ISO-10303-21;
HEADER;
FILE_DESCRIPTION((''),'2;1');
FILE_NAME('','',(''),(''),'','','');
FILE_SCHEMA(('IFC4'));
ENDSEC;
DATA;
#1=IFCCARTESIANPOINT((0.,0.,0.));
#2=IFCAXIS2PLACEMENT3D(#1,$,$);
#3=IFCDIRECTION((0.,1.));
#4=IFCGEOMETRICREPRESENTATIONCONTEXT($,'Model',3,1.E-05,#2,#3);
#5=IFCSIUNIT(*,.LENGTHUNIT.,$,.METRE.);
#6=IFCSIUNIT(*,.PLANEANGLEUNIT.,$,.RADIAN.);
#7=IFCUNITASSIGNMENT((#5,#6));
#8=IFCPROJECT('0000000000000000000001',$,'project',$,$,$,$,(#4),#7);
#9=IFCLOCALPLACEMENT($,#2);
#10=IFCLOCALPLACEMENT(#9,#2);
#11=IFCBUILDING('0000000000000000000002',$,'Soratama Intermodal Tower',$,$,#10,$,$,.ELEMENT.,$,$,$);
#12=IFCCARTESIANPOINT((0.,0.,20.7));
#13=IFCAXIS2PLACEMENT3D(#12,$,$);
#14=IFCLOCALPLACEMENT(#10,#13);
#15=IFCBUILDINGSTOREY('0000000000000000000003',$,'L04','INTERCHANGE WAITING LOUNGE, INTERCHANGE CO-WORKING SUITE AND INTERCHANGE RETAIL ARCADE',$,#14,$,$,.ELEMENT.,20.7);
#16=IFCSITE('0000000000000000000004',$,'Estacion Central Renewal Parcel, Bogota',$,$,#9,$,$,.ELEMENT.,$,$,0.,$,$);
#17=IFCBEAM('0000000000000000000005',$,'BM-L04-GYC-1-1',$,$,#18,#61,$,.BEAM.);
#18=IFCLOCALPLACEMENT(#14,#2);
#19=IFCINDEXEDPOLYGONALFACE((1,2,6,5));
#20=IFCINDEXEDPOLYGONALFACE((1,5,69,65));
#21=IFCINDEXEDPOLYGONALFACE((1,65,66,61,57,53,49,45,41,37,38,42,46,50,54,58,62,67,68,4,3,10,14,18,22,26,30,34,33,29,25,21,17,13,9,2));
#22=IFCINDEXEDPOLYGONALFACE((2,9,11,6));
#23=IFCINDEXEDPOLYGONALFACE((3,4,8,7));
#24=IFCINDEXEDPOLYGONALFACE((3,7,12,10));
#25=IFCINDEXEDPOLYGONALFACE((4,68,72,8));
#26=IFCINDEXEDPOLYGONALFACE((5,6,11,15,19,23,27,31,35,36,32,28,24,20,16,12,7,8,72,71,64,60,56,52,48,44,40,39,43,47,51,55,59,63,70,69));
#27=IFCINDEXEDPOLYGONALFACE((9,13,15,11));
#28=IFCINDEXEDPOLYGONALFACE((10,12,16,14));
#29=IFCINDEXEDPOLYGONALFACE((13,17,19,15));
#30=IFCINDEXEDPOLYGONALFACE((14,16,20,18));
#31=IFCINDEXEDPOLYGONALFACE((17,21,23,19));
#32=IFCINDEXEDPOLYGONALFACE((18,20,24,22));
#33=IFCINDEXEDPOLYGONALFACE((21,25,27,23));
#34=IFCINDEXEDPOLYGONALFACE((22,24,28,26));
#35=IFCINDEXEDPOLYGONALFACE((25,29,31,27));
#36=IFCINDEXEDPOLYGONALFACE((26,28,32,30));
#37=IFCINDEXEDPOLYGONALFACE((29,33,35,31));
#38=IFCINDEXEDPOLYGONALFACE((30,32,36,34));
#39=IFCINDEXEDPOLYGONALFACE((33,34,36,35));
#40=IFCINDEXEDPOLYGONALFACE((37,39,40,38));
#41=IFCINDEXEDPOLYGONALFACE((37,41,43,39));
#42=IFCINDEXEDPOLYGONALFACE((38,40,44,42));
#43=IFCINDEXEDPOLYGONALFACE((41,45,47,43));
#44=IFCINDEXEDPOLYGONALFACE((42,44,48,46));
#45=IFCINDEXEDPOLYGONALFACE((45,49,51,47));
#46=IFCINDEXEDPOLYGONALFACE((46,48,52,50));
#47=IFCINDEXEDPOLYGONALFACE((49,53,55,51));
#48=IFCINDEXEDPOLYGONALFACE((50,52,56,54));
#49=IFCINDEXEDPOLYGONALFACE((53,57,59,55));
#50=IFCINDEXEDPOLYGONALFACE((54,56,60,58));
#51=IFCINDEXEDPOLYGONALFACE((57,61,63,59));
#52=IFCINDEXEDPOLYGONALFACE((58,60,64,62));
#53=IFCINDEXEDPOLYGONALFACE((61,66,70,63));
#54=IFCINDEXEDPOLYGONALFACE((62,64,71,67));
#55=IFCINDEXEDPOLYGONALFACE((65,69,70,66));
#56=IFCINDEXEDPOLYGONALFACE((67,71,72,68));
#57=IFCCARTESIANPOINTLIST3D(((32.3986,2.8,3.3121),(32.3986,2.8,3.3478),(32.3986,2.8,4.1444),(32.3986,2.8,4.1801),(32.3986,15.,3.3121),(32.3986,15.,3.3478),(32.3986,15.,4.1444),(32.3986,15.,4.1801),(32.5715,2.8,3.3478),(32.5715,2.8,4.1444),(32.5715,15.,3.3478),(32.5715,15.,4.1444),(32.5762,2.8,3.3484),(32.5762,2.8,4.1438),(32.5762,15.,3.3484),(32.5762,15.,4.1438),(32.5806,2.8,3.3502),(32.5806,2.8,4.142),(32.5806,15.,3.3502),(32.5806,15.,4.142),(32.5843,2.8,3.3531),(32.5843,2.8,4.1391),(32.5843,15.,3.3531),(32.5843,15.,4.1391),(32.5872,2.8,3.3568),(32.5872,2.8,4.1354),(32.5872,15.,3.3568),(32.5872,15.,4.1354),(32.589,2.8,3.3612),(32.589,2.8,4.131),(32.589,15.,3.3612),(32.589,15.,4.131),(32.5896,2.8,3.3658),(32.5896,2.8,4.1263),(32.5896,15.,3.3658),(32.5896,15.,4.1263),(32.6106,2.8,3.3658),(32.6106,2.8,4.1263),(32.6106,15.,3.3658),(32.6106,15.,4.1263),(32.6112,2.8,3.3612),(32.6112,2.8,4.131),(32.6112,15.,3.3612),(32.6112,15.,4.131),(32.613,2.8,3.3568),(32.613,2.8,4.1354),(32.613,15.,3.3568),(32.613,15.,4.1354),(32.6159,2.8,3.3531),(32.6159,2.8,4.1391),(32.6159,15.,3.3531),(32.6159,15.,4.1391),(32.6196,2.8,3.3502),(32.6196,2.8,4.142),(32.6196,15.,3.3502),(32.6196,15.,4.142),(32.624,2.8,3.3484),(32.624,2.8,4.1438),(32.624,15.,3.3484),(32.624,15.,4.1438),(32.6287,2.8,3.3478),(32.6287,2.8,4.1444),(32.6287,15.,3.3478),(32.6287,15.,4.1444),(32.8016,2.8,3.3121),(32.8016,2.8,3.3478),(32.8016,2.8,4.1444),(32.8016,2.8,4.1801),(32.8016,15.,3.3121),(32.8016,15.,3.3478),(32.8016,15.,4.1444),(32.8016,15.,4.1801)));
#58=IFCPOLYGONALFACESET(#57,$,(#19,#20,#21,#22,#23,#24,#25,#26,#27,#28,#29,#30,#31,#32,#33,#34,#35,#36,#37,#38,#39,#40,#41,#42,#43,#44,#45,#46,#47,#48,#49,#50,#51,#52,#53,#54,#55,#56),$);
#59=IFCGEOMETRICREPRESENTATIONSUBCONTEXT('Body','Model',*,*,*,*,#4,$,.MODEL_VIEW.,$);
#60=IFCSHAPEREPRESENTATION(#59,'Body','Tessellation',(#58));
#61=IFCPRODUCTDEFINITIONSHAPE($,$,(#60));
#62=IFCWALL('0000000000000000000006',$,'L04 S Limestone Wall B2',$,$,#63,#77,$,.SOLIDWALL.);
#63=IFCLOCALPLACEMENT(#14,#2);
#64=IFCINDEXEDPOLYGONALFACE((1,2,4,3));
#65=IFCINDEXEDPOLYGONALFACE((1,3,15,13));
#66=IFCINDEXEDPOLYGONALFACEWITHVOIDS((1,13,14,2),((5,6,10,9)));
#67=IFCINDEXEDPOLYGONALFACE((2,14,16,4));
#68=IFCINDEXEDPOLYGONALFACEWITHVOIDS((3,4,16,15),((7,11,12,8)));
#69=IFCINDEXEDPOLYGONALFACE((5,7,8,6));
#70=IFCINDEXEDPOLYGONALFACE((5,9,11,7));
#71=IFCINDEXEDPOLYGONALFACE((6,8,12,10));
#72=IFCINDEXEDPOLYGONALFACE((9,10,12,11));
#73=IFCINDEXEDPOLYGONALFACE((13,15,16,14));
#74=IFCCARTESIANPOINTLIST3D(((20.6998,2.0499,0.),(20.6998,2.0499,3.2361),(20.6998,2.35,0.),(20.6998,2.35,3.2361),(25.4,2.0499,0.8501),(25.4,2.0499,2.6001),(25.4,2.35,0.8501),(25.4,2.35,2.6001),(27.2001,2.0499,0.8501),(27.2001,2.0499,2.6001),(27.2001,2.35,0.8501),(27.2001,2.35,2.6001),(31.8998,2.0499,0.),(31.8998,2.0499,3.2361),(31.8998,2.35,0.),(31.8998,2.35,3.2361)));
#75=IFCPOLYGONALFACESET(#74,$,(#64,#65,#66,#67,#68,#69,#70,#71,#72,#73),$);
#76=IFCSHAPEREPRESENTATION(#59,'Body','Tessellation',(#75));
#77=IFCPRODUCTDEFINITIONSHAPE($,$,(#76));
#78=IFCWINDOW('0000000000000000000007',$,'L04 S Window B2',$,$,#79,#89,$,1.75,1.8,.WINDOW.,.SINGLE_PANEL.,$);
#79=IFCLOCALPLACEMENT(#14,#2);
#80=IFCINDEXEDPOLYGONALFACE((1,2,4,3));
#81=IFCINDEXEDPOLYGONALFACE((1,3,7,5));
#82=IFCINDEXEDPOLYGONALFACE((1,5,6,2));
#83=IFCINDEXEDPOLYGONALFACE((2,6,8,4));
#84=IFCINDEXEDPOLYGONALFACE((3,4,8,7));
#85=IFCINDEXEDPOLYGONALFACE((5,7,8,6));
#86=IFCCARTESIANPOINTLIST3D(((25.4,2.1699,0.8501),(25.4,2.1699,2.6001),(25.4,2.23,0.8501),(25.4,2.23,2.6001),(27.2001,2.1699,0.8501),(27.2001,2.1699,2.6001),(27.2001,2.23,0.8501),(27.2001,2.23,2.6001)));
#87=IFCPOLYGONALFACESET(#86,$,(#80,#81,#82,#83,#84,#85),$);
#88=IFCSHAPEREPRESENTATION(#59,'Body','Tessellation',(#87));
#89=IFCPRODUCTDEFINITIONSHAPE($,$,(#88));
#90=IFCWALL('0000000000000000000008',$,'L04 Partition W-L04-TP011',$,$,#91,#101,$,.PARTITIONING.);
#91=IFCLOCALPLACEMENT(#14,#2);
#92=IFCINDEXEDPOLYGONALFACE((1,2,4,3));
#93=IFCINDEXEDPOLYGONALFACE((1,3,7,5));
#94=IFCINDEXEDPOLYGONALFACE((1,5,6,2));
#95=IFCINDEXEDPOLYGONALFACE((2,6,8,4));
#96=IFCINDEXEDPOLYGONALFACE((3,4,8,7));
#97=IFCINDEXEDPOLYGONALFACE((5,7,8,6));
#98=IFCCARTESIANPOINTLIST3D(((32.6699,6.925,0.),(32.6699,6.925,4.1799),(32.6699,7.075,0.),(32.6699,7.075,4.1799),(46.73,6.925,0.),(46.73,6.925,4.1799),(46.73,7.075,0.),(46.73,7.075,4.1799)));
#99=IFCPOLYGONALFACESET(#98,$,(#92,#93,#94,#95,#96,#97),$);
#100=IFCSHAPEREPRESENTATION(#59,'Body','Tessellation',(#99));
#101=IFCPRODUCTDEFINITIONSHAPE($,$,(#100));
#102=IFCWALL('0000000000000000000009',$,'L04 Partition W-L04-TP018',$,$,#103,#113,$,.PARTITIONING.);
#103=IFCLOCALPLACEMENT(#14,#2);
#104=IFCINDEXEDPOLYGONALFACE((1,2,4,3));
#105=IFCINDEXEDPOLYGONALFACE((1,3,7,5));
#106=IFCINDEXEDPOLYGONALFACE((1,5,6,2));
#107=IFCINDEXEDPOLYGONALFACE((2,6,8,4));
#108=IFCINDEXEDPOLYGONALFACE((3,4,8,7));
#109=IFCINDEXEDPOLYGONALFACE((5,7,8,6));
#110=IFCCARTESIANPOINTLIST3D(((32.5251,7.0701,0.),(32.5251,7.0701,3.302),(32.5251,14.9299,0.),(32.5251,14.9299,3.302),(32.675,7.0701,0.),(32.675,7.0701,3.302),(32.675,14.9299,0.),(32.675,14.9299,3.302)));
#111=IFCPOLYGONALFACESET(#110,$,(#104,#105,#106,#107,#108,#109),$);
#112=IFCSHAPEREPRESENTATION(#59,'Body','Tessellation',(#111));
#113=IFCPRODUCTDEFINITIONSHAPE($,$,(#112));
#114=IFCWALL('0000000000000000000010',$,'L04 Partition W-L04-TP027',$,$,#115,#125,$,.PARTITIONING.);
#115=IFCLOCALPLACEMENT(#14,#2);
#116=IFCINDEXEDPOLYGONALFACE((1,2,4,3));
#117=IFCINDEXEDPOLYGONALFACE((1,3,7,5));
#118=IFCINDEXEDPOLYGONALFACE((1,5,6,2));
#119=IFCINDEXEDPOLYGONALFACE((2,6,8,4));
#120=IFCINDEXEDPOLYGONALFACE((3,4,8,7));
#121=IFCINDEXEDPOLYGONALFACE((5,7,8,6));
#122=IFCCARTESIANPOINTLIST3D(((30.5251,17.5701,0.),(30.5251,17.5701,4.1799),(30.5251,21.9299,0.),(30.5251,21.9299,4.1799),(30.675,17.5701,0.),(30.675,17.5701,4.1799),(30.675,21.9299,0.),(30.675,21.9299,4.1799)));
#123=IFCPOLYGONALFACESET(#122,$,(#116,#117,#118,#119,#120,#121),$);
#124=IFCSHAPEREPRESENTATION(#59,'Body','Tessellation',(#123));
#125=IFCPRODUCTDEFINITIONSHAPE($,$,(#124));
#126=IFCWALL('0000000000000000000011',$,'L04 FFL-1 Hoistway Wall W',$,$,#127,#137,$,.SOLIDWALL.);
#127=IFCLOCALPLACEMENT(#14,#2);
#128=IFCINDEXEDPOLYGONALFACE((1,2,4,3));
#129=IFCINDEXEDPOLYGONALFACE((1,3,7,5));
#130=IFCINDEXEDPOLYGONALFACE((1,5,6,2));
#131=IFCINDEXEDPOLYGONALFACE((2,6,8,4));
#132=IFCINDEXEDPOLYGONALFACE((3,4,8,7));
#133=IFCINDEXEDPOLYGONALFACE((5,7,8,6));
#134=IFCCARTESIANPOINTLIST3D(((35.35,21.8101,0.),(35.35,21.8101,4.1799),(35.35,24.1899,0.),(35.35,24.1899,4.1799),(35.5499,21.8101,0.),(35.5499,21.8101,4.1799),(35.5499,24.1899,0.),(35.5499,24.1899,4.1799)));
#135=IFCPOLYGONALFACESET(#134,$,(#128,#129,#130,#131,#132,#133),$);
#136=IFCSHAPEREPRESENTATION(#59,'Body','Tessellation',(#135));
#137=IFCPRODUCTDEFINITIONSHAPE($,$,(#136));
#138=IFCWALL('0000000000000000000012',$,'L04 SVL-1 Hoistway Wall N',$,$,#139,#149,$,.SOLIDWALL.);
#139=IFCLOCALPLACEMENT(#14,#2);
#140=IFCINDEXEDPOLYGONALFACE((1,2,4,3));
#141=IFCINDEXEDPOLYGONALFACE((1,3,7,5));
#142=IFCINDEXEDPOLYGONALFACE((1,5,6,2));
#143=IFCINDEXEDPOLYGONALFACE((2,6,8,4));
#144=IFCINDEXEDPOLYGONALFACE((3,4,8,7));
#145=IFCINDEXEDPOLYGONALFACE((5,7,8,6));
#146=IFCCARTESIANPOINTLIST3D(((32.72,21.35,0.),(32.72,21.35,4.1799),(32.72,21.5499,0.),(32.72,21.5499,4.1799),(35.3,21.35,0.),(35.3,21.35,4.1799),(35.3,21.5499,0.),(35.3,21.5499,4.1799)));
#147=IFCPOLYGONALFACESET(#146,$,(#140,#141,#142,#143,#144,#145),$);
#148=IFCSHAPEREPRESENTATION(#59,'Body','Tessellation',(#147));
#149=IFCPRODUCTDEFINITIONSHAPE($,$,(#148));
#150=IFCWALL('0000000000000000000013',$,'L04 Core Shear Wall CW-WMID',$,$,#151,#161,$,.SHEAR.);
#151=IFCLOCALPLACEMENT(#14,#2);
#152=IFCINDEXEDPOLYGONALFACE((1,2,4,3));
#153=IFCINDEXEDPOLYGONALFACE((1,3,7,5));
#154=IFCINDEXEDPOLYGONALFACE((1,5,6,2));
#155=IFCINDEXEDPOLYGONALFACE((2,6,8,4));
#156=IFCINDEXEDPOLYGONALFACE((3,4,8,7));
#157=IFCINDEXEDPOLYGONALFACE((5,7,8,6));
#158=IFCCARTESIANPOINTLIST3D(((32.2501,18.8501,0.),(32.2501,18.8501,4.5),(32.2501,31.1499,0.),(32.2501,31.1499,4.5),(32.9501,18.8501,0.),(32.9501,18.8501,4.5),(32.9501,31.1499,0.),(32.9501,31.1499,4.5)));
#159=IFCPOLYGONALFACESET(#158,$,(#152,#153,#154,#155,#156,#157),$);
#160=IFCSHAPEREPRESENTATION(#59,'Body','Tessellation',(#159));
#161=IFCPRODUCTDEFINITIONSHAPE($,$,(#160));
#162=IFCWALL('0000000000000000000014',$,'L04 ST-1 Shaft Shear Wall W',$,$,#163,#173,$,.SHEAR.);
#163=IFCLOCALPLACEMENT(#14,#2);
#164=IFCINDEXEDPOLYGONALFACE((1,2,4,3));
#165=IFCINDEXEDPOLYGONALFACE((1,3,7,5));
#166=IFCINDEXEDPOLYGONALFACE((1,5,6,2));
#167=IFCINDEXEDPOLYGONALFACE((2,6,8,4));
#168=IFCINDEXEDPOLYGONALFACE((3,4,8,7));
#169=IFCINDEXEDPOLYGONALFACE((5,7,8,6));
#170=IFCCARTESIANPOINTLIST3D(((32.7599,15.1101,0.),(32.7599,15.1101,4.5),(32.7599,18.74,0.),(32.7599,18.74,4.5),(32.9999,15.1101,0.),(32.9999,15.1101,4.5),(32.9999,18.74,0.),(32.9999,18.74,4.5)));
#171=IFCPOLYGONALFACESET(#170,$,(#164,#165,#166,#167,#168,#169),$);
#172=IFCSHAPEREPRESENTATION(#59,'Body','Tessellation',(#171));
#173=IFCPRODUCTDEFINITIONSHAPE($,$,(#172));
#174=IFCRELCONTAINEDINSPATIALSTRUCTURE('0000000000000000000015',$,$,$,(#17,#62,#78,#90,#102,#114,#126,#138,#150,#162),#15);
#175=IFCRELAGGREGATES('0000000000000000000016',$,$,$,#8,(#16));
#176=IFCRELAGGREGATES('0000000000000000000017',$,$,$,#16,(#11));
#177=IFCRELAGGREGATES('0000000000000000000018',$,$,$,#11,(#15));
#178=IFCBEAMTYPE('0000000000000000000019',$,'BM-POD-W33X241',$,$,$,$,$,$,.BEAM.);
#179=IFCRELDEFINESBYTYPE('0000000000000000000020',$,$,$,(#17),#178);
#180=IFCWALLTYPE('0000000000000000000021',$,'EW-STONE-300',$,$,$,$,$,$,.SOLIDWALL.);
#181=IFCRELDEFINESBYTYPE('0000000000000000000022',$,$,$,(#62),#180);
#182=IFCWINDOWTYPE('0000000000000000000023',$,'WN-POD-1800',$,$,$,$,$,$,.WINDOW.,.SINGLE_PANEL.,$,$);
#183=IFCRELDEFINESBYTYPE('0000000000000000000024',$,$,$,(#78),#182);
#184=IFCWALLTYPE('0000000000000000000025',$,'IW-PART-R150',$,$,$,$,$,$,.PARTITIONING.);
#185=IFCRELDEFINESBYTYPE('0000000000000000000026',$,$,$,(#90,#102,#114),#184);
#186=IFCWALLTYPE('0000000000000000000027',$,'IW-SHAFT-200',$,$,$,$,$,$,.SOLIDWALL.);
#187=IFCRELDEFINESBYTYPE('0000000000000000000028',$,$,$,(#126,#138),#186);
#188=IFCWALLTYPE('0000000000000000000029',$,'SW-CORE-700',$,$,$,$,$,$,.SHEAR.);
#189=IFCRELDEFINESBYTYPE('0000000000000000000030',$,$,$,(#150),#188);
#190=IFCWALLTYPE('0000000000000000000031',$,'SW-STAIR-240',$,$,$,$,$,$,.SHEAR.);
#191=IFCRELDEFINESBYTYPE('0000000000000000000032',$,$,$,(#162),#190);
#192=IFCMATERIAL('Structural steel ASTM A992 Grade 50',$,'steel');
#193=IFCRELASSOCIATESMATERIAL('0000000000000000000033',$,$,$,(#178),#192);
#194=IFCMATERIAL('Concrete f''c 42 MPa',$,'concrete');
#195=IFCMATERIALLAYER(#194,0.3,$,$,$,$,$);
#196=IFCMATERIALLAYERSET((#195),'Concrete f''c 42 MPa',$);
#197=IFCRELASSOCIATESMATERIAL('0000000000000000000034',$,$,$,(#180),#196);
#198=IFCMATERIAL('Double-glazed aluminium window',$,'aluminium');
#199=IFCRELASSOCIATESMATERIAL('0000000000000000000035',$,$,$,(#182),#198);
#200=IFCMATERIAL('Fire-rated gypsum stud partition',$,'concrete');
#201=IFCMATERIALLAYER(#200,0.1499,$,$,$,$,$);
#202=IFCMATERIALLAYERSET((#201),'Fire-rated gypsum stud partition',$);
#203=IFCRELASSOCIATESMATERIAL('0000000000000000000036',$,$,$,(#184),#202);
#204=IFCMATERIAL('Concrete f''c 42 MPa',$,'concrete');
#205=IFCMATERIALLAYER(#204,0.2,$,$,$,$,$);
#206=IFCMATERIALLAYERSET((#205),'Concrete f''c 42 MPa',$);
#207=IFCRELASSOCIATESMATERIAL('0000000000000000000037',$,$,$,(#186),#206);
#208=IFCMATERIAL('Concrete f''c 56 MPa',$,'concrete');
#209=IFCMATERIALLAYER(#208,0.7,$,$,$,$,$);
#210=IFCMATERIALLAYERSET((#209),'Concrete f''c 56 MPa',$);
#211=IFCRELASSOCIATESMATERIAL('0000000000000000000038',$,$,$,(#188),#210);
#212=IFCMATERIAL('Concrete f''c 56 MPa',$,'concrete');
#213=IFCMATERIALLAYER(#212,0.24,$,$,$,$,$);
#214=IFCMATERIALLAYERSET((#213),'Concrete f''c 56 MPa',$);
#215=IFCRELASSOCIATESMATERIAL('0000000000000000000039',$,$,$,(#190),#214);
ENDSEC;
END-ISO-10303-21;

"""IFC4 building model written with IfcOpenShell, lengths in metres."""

from ifc_helpers import new_model, si_unit, direction, frame, frame_2d, origin, origin_2d, place, context, subcontext, project, spatial, rectangle, i_section, extrude, material, layer, layer_set, material_profile, profile_set, type_object, element, fill, save


model = new_model("IFC4")

# Units and contexts
model_context = context("Model", 3, precision=1e-05, world=origin(), true_north=direction((0.0, 1.0)))
body_context = subcontext(model_context, "Body", "Model", "MODEL_VIEW")
ifc_project = project(units=[si_unit("LENGTHUNIT", "METRE"), si_unit("PLANEANGLEUNIT", "RADIAN")], contexts=[model_context])

# Site, building, storey
site_placement = place(None, origin())
site = spatial("IfcSite", under=ifc_project, at=site_placement, Name="Estacion Central Renewal Parcel, Bogota", CompositionType="ELEMENT", RefElevation=0.0)
building_placement = place(site_placement, origin())
building = spatial("IfcBuilding", under=site, at=building_placement, Name="Soratama Intermodal Tower", CompositionType="ELEMENT")
storey_placement = place(building_placement, frame((0.0, 0.0, 20.7)))
storey = spatial("IfcBuildingStorey", under=building, at=storey_placement, Name="L04", Description="INTERCHANGE WAITING LOUNGE, INTERCHANGE CO-WORKING SUITE AND INTERCHANGE RETAIL ARCADE", CompositionType="ELEMENT", Elevation=20.7)

# Beam
ifc_material_1 = material(Name="Structural steel ASTM A992 Grade 50", Category="steel")
ifc_material_profile_1 = material_profile(ifc_material_1, i_section(OverallWidth=0.4031, OverallDepth=0.8679, WebThickness=0.021, FlangeThickness=0.0356, FilletRadius=0.0181, at=origin_2d()), Name="W33X241")
ifc_profile_set_1 = profile_set([ifc_material_profile_1], Name="Structural steel ASTM A992 Grade 50")
beam_type_1 = type_object("IfcBeamType", Name="BM-POD-W33X241", PredefinedType="BEAM", material=ifc_profile_set_1)
beam_1_placement = place(storey_placement, frame((32.6001, 2.8, 3.7461), z_axis=(0.0, 1.0, 0.0), x_axis=(-1.0, 0.0, 0.0)))
element("IfcBeam", 1, at=beam_1_placement, inside=storey, type_object=beam_type_1, Name="BM-L04-GYC-1-1", PredefinedType="BEAM", context=body_context, shape_type="SweptSolid", body=[
    extrude(i_section(OverallWidth=0.4031, OverallDepth=0.8679, WebThickness=0.021, FlangeThickness=0.0356, FilletRadius=0.0181, at=origin_2d()), origin(), (0.0, 0.0, 1.0), 12.2),
])

# Wall, opening, window
ifc_material_2 = material(Name="Concrete f'c 42 MPa", Category="concrete")
ifc_layer_1 = layer(ifc_material_2, 0.3)
ifc_layer_set_1 = layer_set([ifc_layer_1], Name="Concrete f'c 42 MPa")
wall_type_1 = type_object("IfcWallType", Name="EW-STONE-300", PredefinedType="SOLIDWALL", material=ifc_layer_set_1)
wall_1_placement = place(storey_placement, frame((31.8999, 2.2, 0.0), z_axis=(0.0, 0.0, 1.0), x_axis=(-1.0, 0.0, 0.0)))
wall_1 = element("IfcWall", 2, at=wall_1_placement, inside=storey, type_object=wall_type_1, Name="L04 S Limestone Wall B2", PredefinedType="SOLIDWALL", context=body_context, shape_type="SweptSolid", body=[
    extrude(rectangle(XDim=11.2, YDim=0.3, at=frame_2d((5.6001, 0.0))), origin(), (0.0, 0.0, 1.0), 3.2361),
])
opening_1_placement = place(wall_1_placement, frame((4.7, 0.0, 0.8501)))
opening_1 = element("IfcOpeningElement", 3, at=opening_1_placement, cuts=wall_1, PredefinedType="OPENING", context=body_context, shape_type="SweptSolid", body=[
    extrude(rectangle(XDim=1.8, YDim=1.75, at=frame_2d((0.8999, 0.875))), frame((0.0, 0.1599, 0.0), z_axis=(0.0, -1.0, 0.0), x_axis=(1.0, 0.0, 0.0)), (0.0, 0.0, 1.0), 0.3201),
])
ifc_material_3 = material(Name="Double-glazed aluminium window", Category="aluminium")
window_type = type_object("IfcWindowType", Name="WN-POD-1800", PartitioningType="SINGLE_PANEL", PredefinedType="WINDOW", material=ifc_material_3)
window_placement = place(opening_1_placement, origin())
window = element("IfcWindow", 4, at=window_placement, inside=storey, type_object=window_type, Name="L04 S Window B2", OverallHeight=1.75, OverallWidth=1.8, PartitioningType="SINGLE_PANEL", PredefinedType="WINDOW", context=body_context, shape_type="SweptSolid", body=[
    extrude(rectangle(XDim=1.8, YDim=1.75, at=frame_2d((0.8999, 0.875))), frame((0.0, 0.03, 0.0), z_axis=(0.0, -1.0, 0.0), x_axis=(1.0, 0.0, 0.0)), (0.0, 0.0, 1.0), 0.0601),
])
fill(opening_1, window)

# Walls
ifc_material_4 = material(Name="Fire-rated gypsum stud partition", Category="concrete")
ifc_layer_2 = layer(ifc_material_4, 0.1499)
ifc_layer_set_2 = layer_set([ifc_layer_2], Name="Fire-rated gypsum stud partition")
wall_type_2 = type_object("IfcWallType", Name="IW-PART-R150", PredefinedType="PARTITIONING", material=ifc_layer_set_2)
wall_2_placement = place(storey_placement, frame((32.6699, 7.0, 0.0), z_axis=(0.0, 0.0, 1.0), x_axis=(1.0, 0.0, 0.0)))
element("IfcWall", 5, at=wall_2_placement, inside=storey, type_object=wall_type_2, Name="L04 Partition W-L04-TP011", PredefinedType="PARTITIONING", context=body_context, shape_type="SweptSolid", body=[
    extrude(rectangle(XDim=14.0601, YDim=0.1499, at=frame_2d((7.03, 0.0))), origin(), (0.0, 0.0, 1.0), 4.1799),
])
wall_3_placement = place(storey_placement, frame((32.6001, 14.9299, 0.0), z_axis=(0.0, 0.0, 1.0), x_axis=(0.0, -1.0, 0.0)))
element("IfcWall", 6, at=wall_3_placement, inside=storey, type_object=wall_type_2, Name="L04 Partition W-L04-TP018", PredefinedType="PARTITIONING", context=body_context, shape_type="SweptSolid", body=[
    extrude(rectangle(XDim=7.8599, YDim=0.1499, at=frame_2d((3.9299, 0.0))), origin(), (0.0, 0.0, 1.0), 3.302),
])
wall_4_placement = place(storey_placement, frame((30.6001, 17.5701, 0.0), z_axis=(0.0, 0.0, 1.0), x_axis=(0.0, 1.0, 0.0)))
element("IfcWall", 7, at=wall_4_placement, inside=storey, type_object=wall_type_2, Name="L04 Partition W-L04-TP027", PredefinedType="PARTITIONING", context=body_context, shape_type="SweptSolid", body=[
    extrude(rectangle(XDim=4.3599, YDim=0.1499, at=frame_2d((2.1799, 0.0))), origin(), (0.0, 0.0, 1.0), 4.1799),
])

# Shared definitions
ifc_material_5 = material(Name="Concrete f'c 42 MPa", Category="concrete")
ifc_layer_3 = layer(ifc_material_5, 0.2)
ifc_layer_set_3 = layer_set([ifc_layer_3], Name="Concrete f'c 42 MPa")
wall_type_3 = type_object("IfcWallType", Name="IW-SHAFT-200", PredefinedType="SOLIDWALL", material=ifc_layer_set_3)

# Walls
wall_5_placement = place(storey_placement, frame((35.45, 21.8101, 0.0), z_axis=(0.0, 0.0, 1.0), x_axis=(0.0, 1.0, 0.0)))
element("IfcWall", 8, at=wall_5_placement, inside=storey, type_object=wall_type_3, Name="L04 FFL-1 Hoistway Wall W", PredefinedType="SOLIDWALL", context=body_context, shape_type="SweptSolid", body=[
    extrude(rectangle(XDim=2.3799, YDim=0.2, at=frame_2d((1.1899, 0.0))), origin(), (0.0, 0.0, 1.0), 4.1799),
])
wall_6_placement = place(storey_placement, frame((32.72, 21.45, 0.0), z_axis=(0.0, 0.0, 1.0), x_axis=(1.0, 0.0, 0.0)))
element("IfcWall", 9, at=wall_6_placement, inside=storey, type_object=wall_type_3, Name="L04 SVL-1 Hoistway Wall N", PredefinedType="SOLIDWALL", context=body_context, shape_type="SweptSolid", body=[
    extrude(rectangle(XDim=2.5801, YDim=0.2, at=frame_2d((1.29, 0.0))), origin(), (0.0, 0.0, 1.0), 4.1799),
])

# Walls
ifc_material_6 = material(Name="Concrete f'c 56 MPa", Category="concrete")
ifc_layer_4 = layer(ifc_material_6, 0.7)
ifc_layer_set_4 = layer_set([ifc_layer_4], Name="Concrete f'c 56 MPa")
wall_type_4 = type_object("IfcWallType", Name="SW-CORE-700", PredefinedType="SHEAR", material=ifc_layer_set_4)
wall_7_placement = place(storey_placement, frame((32.6001, 18.8501, 0.0), z_axis=(0.0, 0.0, 1.0), x_axis=(0.0, 1.0, 0.0)))
element("IfcWall", 10, at=wall_7_placement, inside=storey, type_object=wall_type_4, Name="L04 Core Shear Wall CW-WMID", PredefinedType="SHEAR", context=body_context, shape_type="SweptSolid", body=[
    extrude(rectangle(XDim=12.2998, YDim=0.7, at=frame_2d((6.1499, 0.0))), origin(), (0.0, 0.0, 1.0), 4.5),
])
ifc_material_7 = material(Name="Concrete f'c 56 MPa", Category="concrete")
ifc_layer_5 = layer(ifc_material_7, 0.24)
ifc_layer_set_5 = layer_set([ifc_layer_5], Name="Concrete f'c 56 MPa")
wall_type_5 = type_object("IfcWallType", Name="SW-STAIR-240", PredefinedType="SHEAR", material=ifc_layer_set_5)
wall_8_placement = place(storey_placement, frame((32.8799, 15.1101, 0.0), z_axis=(0.0, 0.0, 1.0), x_axis=(0.0, 1.0, 0.0)))
element("IfcWall", 11, at=wall_8_placement, inside=storey, type_object=wall_type_5, Name="L04 ST-1 Shaft Shear Wall W", PredefinedType="SHEAR", context=body_context, shape_type="SweptSolid", body=[
    extrude(rectangle(XDim=3.6299, YDim=0.24, at=frame_2d((1.8149, 0.0))), origin(), (0.0, 0.0, 1.0), 4.5),
])

save(model, "model.ifc")
